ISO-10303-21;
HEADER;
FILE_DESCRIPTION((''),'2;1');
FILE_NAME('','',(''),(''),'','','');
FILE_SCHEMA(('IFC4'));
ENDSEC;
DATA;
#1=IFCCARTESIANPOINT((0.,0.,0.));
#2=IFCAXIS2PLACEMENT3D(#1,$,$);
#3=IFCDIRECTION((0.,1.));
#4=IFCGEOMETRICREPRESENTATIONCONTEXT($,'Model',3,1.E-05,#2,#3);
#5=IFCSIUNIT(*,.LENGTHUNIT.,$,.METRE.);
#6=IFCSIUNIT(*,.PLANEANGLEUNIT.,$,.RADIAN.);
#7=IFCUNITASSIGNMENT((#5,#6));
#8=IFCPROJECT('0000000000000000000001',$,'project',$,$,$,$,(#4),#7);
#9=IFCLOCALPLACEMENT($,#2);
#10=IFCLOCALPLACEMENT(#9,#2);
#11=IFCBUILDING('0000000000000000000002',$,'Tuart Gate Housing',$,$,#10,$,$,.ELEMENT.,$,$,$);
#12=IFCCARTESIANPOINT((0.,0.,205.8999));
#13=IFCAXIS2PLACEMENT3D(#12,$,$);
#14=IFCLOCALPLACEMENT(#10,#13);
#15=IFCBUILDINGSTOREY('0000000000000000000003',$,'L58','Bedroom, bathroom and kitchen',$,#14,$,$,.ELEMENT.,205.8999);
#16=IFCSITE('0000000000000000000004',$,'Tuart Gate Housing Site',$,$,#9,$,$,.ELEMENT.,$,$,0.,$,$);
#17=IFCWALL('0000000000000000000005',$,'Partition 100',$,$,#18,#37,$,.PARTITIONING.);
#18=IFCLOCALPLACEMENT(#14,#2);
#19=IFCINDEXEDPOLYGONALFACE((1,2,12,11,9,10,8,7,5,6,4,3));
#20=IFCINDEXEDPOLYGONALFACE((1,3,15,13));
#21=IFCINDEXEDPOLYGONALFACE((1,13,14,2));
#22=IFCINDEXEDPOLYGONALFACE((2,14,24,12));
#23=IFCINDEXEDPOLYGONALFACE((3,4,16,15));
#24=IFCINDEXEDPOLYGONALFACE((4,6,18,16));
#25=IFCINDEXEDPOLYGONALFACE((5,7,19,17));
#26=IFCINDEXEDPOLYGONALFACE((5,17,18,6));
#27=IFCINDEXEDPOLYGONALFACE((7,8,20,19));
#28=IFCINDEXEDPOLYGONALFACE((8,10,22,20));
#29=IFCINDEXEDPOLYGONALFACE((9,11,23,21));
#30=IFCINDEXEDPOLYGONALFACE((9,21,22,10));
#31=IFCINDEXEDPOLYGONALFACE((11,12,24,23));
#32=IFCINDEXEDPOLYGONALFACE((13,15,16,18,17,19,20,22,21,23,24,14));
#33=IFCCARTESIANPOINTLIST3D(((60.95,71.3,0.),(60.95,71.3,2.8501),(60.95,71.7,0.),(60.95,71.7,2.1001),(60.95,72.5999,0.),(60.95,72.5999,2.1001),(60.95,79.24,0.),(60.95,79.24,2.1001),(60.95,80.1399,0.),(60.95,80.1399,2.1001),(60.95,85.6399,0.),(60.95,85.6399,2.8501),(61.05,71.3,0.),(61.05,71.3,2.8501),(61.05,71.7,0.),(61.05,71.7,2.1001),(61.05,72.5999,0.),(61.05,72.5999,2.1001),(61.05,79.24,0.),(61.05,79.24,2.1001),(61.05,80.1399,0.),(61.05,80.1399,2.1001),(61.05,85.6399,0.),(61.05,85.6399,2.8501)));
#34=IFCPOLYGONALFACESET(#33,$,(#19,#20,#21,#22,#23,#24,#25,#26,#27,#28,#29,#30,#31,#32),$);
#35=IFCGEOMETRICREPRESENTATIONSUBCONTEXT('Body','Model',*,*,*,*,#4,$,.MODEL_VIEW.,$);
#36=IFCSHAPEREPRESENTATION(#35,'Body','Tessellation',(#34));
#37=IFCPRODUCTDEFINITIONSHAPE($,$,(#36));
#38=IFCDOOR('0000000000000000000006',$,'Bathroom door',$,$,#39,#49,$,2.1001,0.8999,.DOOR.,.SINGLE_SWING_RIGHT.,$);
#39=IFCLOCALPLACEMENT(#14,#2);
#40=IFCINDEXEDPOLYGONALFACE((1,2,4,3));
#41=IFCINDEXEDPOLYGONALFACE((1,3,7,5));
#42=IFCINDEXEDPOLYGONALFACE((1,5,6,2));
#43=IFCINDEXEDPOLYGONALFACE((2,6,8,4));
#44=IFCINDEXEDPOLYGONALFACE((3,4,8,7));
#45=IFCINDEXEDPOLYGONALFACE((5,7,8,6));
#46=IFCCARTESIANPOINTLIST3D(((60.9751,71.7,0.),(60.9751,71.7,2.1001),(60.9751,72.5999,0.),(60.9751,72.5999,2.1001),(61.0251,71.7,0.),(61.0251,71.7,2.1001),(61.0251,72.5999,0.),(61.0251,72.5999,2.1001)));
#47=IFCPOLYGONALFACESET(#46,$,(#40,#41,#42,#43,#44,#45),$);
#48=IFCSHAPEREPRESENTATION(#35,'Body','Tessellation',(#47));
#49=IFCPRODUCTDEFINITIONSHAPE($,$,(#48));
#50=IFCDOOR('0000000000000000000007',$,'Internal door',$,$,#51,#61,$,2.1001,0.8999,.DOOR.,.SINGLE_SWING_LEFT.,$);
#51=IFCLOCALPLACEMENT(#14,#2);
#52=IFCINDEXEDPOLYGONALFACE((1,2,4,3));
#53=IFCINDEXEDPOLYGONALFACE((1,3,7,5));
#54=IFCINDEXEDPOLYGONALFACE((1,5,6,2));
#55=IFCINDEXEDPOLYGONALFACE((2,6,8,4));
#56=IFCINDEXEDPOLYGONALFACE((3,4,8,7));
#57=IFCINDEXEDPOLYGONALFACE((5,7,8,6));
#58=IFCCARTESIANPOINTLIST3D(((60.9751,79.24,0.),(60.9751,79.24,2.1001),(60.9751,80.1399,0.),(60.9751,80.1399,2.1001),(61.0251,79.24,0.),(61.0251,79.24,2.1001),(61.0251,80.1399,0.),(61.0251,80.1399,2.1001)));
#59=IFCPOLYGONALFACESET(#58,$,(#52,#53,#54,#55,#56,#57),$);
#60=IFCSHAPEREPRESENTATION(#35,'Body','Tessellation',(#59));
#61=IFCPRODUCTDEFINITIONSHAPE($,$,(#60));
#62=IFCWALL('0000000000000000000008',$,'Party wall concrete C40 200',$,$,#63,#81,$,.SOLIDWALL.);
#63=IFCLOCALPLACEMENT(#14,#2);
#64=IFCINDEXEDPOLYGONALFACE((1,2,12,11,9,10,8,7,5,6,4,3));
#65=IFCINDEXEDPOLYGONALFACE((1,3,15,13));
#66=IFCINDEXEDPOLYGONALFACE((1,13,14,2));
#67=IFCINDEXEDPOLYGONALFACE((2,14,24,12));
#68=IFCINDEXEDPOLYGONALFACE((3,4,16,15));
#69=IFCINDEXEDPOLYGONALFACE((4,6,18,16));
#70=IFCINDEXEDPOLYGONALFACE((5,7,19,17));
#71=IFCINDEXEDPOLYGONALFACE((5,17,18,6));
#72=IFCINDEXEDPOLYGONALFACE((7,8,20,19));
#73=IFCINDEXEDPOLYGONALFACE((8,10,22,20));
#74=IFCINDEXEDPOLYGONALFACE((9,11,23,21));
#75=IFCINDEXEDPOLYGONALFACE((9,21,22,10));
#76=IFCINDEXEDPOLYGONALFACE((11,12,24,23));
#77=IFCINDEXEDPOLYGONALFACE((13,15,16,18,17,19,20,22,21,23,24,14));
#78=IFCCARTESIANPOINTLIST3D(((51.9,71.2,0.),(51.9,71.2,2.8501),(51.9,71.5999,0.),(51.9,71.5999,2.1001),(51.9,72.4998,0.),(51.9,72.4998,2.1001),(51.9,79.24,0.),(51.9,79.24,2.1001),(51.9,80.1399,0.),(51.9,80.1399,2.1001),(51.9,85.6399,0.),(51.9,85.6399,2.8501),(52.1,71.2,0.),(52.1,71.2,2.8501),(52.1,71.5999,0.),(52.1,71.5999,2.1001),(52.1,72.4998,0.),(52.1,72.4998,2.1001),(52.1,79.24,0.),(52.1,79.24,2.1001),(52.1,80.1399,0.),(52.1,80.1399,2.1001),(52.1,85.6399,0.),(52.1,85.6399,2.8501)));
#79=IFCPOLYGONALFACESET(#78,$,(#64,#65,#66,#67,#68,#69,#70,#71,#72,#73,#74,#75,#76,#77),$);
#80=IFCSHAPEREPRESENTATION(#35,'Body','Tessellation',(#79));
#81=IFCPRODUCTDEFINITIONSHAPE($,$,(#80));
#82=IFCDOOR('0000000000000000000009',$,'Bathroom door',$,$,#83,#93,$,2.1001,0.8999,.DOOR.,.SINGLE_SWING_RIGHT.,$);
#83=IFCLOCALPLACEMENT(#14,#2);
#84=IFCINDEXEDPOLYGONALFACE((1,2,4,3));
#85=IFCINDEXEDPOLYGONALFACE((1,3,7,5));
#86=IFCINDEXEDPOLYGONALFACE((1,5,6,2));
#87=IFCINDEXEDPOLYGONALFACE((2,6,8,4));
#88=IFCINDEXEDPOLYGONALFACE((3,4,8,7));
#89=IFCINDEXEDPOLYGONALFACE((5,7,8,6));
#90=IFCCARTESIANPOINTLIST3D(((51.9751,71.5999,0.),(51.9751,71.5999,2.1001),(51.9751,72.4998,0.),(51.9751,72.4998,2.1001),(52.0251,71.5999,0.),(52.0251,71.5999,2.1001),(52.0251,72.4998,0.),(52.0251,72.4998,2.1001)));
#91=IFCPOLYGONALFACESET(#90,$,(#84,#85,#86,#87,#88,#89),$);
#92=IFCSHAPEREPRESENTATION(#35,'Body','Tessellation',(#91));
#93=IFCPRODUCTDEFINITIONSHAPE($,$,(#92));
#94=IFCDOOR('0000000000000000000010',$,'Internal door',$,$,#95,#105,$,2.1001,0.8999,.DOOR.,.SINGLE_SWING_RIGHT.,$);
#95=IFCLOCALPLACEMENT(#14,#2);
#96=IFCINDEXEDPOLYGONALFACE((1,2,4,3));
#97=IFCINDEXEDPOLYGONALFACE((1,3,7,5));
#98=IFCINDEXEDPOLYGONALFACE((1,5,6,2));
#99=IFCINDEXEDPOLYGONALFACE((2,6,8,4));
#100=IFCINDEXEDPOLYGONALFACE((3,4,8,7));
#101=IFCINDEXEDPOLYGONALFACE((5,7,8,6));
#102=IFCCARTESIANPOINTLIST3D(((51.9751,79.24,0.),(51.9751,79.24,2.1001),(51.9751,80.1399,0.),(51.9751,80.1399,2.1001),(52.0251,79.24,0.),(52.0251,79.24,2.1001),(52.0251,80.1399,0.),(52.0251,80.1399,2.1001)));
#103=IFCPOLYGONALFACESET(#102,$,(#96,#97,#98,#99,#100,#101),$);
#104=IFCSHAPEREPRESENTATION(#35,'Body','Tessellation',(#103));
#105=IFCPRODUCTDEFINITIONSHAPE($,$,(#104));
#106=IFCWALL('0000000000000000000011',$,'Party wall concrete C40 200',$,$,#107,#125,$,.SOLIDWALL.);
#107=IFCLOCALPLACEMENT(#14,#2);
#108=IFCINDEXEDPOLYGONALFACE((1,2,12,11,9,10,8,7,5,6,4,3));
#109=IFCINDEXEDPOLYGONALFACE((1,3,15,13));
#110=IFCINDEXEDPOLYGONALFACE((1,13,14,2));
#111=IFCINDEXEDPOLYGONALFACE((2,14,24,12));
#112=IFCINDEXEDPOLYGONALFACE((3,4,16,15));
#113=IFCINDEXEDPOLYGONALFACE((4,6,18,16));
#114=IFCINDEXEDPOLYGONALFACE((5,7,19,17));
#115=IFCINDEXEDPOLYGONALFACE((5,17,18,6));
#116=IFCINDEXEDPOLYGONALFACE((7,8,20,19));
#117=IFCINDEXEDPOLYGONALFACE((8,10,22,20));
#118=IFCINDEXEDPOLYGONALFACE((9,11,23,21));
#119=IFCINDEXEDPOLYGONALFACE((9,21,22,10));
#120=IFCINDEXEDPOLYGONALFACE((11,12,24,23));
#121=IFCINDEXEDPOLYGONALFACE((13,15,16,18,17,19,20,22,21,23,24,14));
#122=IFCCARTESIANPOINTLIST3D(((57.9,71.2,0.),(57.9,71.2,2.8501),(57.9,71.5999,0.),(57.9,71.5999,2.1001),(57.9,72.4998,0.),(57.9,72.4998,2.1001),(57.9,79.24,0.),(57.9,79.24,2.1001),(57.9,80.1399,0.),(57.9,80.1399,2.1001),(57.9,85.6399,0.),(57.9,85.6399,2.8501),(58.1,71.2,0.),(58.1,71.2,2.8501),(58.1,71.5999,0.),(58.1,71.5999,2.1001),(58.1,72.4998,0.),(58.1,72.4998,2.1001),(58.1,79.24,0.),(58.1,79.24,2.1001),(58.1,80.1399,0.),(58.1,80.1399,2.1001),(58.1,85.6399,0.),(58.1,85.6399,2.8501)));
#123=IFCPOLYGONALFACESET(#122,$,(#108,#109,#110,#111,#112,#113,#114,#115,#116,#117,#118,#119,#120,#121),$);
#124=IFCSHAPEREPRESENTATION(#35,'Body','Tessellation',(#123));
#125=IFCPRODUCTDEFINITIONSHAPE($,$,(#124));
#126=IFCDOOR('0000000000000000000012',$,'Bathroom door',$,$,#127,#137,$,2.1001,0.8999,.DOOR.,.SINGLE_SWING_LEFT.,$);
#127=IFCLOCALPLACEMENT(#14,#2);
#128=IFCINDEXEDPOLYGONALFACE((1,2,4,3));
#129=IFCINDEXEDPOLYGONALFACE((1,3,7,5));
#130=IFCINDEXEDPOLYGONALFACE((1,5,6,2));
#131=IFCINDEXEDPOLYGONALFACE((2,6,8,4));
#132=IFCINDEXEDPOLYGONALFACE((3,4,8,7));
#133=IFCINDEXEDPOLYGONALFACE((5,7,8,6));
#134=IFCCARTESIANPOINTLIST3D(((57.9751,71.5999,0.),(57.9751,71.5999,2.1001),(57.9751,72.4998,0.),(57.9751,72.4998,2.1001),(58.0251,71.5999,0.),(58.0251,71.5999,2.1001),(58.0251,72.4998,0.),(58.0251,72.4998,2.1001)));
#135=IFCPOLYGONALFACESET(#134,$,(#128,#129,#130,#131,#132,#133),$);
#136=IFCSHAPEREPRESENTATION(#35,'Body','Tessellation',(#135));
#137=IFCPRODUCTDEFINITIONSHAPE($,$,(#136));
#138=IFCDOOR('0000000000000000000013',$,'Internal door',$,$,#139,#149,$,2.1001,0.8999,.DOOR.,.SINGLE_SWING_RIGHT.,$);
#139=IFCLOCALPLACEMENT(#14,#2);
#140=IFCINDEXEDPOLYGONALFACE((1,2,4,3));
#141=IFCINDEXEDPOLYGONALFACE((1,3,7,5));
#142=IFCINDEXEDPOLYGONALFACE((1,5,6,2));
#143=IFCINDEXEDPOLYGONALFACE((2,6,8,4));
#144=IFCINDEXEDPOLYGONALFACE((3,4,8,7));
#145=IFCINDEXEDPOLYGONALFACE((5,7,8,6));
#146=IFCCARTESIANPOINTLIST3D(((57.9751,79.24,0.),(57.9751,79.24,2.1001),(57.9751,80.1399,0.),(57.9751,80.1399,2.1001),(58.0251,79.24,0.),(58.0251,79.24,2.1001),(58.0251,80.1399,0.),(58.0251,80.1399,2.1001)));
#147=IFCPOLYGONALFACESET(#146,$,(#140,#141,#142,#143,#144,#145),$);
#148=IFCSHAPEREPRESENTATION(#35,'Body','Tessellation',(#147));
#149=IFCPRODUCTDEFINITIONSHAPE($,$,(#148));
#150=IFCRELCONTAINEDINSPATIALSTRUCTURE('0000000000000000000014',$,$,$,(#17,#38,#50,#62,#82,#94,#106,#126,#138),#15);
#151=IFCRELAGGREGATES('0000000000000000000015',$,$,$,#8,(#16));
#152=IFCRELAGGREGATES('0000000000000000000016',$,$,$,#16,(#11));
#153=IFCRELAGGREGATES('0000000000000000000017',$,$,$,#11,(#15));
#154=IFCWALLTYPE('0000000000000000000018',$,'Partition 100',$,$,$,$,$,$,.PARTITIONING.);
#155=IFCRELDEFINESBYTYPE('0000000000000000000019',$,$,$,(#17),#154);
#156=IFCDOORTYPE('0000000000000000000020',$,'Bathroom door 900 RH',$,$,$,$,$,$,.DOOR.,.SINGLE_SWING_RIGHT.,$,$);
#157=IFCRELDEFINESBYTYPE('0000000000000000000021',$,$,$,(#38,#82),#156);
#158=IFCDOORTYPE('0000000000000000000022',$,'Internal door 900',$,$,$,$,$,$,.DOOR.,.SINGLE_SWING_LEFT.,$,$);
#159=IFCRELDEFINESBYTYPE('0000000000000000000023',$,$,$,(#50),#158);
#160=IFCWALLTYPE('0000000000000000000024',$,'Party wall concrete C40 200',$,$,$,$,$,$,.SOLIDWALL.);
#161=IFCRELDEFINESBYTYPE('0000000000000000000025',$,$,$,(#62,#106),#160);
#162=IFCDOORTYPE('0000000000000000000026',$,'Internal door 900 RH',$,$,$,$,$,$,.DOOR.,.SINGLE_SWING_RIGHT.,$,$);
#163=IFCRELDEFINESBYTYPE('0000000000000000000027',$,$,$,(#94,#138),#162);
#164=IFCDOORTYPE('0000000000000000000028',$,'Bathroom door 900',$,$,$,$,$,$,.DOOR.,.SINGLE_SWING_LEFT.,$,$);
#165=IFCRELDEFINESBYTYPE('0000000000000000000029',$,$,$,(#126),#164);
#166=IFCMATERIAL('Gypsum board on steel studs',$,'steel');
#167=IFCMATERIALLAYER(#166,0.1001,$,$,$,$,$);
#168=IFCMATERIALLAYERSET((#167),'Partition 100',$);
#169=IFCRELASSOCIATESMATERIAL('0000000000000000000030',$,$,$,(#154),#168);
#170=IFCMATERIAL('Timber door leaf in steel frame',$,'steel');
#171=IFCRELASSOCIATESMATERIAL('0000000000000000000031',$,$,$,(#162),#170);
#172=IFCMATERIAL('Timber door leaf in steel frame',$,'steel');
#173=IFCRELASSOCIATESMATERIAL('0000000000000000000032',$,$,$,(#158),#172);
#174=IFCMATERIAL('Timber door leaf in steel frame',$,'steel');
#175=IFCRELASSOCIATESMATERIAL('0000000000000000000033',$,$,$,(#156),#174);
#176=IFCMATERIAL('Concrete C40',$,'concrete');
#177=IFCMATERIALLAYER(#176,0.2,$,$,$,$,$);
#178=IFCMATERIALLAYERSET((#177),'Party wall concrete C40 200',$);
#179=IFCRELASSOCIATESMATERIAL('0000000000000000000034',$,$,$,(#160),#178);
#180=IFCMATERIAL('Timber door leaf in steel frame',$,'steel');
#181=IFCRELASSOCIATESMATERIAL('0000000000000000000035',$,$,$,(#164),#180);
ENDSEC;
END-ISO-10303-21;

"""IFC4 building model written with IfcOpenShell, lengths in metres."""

from ifc_helpers import new_model, si_unit, direction, frame, frame_2d, origin, place, context, subcontext, project, spatial, rectangle, extrude, material, layer, layer_set, type_object, element, fill, save


model = new_model("IFC4")

# Units and contexts
model_context = context("Model", 3, precision=1e-05, world=origin(), true_north=direction((0.0, 1.0)))
body_context = subcontext(model_context, "Body", "Model", "MODEL_VIEW")
ifc_project = project(units=[si_unit("LENGTHUNIT", "METRE"), si_unit("PLANEANGLEUNIT", "RADIAN")], contexts=[model_context])

# Site, building, storey
site_placement = place(None, origin())
site = spatial("IfcSite", under=ifc_project, at=site_placement, Name="Tuart Gate Housing Site", CompositionType="ELEMENT", RefElevation=0.0)
building_placement = place(site_placement, origin())
building = spatial("IfcBuilding", under=site, at=building_placement, Name="Tuart Gate Housing", CompositionType="ELEMENT")
storey_placement = place(building_placement, frame((0.0, 0.0, 205.8999)))
storey = spatial("IfcBuildingStorey", under=building, at=storey_placement, Name="L58", Description="Bedroom, bathroom and kitchen", CompositionType="ELEMENT", Elevation=205.8999)

# Shared definitions
ifc_material_1 = material(Name="Gypsum board on steel studs", Category="steel")
ifc_layer_1 = layer(ifc_material_1, 0.1001)
ifc_layer_set_1 = layer_set([ifc_layer_1], Name="Partition 100")
wall_type_1 = type_object("IfcWallType", Name="Partition 100", PredefinedType="PARTITIONING", material=ifc_layer_set_1)

# Shared definitions
ifc_material_2 = material(Name="Timber door leaf in steel frame", Category="steel")
door_type_1 = type_object("IfcDoorType", Name="Internal door 900 RH", OperationType="SINGLE_SWING_RIGHT", PredefinedType="DOOR", material=ifc_material_2)
ifc_material_3 = material(Name="Timber door leaf in steel frame", Category="steel")
door_type_2 = type_object("IfcDoorType", Name="Internal door 900", OperationType="SINGLE_SWING_LEFT", PredefinedType="DOOR", material=ifc_material_3)

# Walls, openings, doors
wall_1_placement = place(storey_placement, frame((61.0, 71.3, 0.0), z_axis=(0.0, 0.0, 1.0), x_axis=(0.0, 1.0, 0.0)))
wall_1 = element("IfcWall", 1, at=wall_1_placement, inside=storey, type_object=wall_type_1, Name="Partition 100", PredefinedType="PARTITIONING", context=body_context, shape_type="SweptSolid", body=[
    extrude(rectangle(XDim=14.3398, YDim=0.1001, at=frame_2d((7.1699, 0.0))), origin(), (0.0, 0.0, 1.0), 2.8501),
])
opening_1_placement = place(wall_1_placement, frame((7.9399, 0.0, 0.0)))
opening_1 = element("IfcOpeningElement", 2, at=opening_1_placement, cuts=wall_1, PredefinedType="OPENING", context=body_context, shape_type="SweptSolid", body=[
    extrude(rectangle(XDim=0.8999, YDim=2.1001, at=frame_2d((0.45, 1.05))), frame((0.0, 0.0601, 0.0), z_axis=(0.0, -1.0, 0.0), x_axis=(1.0, 0.0, 0.0)), (0.0, 0.0, 1.0), 0.1201),
])
opening_2_placement = place(wall_1_placement, frame((0.3999, 0.0, 0.0)))
opening_2 = element("IfcOpeningElement", 3, at=opening_2_placement, cuts=wall_1, PredefinedType="OPENING", context=body_context, shape_type="SweptSolid", body=[
    extrude(rectangle(XDim=0.8999, YDim=2.1001, at=frame_2d((0.45, 1.05))), frame((0.0, 0.0601, 0.0), z_axis=(0.0, -1.0, 0.0), x_axis=(1.0, 0.0, 0.0)), (0.0, 0.0, 1.0), 0.1201),
])
ifc_material_4 = material(Name="Timber door leaf in steel frame", Category="steel")
door_type_3 = type_object("IfcDoorType", Name="Bathroom door 900 RH", OperationType="SINGLE_SWING_RIGHT", PredefinedType="DOOR", material=ifc_material_4)
door_1_placement = place(opening_2_placement, frame((0.8999, 0.0, 0.0), z_axis=(0.0, 0.0, 1.0), x_axis=(-1.0, 0.0, 0.0)))
door_1 = element("IfcDoor", 4, at=door_1_placement, inside=storey, type_object=door_type_3, Name="Bathroom door", OperationType="SINGLE_SWING_RIGHT", OverallHeight=2.1001, OverallWidth=0.8999, PredefinedType="DOOR", context=body_context, shape_type="SweptSolid", body=[
    extrude(rectangle(XDim=0.8999, YDim=2.1001, at=frame_2d((0.45, 1.05))), frame((0.0, 0.0251, 0.0), z_axis=(0.0, -1.0, 0.0), x_axis=(1.0, 0.0, 0.0)), (0.0, 0.0, 1.0), 0.05),
])
fill(opening_2, door_1)
door_2_placement = place(opening_1_placement, frame((0.8999, 0.0, 0.0), z_axis=(0.0, 0.0, 1.0), x_axis=(-1.0, 0.0, 0.0)))
door_2 = element("IfcDoor", 5, at=door_2_placement, inside=storey, type_object=door_type_2, Name="Internal door", OperationType="SINGLE_SWING_LEFT", OverallHeight=2.1001, OverallWidth=0.8999, PredefinedType="DOOR", context=body_context, shape_type="SweptSolid", body=[
    extrude(rectangle(XDim=0.8999, YDim=2.1001, at=frame_2d((0.45, 1.05))), frame((0.0, 0.0251, 0.0), z_axis=(0.0, -1.0, 0.0), x_axis=(1.0, 0.0, 0.0)), (0.0, 0.0, 1.0), 0.05),
])
fill(opening_1, door_2)
ifc_material_5 = material(Name="Concrete C40", Category="concrete")
ifc_layer_2 = layer(ifc_material_5, 0.2)
ifc_layer_set_2 = layer_set([ifc_layer_2], Name="Party wall concrete C40 200")
wall_type_2 = type_object("IfcWallType", Name="Party wall concrete C40 200", PredefinedType="SOLIDWALL", material=ifc_layer_set_2)
wall_2_placement = place(storey_placement, frame((52.0, 71.2, 0.0), z_axis=(0.0, 0.0, 1.0), x_axis=(0.0, 1.0, 0.0)))
wall_2 = element("IfcWall", 6, at=wall_2_placement, inside=storey, type_object=wall_type_2, Name="Party wall concrete C40 200", PredefinedType="SOLIDWALL", context=body_context, shape_type="SweptSolid", body=[
    extrude(rectangle(XDim=14.4399, YDim=0.2, at=frame_2d((7.22, 0.0))), origin(), (0.0, 0.0, 1.0), 2.8501),
])
opening_3_placement = place(wall_2_placement, frame((8.04, 0.0, 0.0)))
opening_3 = element("IfcOpeningElement", 7, at=opening_3_placement, cuts=wall_2, PredefinedType="OPENING", context=body_context, shape_type="SweptSolid", body=[
    extrude(rectangle(XDim=0.8999, YDim=2.1001, at=frame_2d((0.45, 1.05))), frame((0.0, 0.1099, 0.0), z_axis=(0.0, -1.0, 0.0), x_axis=(1.0, 0.0, 0.0)), (0.0, 0.0, 1.0), 0.22),
])
opening_4_placement = place(wall_2_placement, frame((0.3999, 0.0, 0.0)))
opening_4 = element("IfcOpeningElement", 8, at=opening_4_placement, cuts=wall_2, PredefinedType="OPENING", context=body_context, shape_type="SweptSolid", body=[
    extrude(rectangle(XDim=0.8999, YDim=2.1001, at=frame_2d((0.45, 1.05))), frame((0.0, 0.1099, 0.0), z_axis=(0.0, -1.0, 0.0), x_axis=(1.0, 0.0, 0.0)), (0.0, 0.0, 1.0), 0.22),
])
door_3_placement = place(opening_4_placement, frame((0.8999, 0.0, 0.0), z_axis=(0.0, 0.0, 1.0), x_axis=(-1.0, 0.0, 0.0)))
door_3 = element("IfcDoor", 9, at=door_3_placement, inside=storey, type_object=door_type_3, Name="Bathroom door", OperationType="SINGLE_SWING_RIGHT", OverallHeight=2.1001, OverallWidth=0.8999, PredefinedType="DOOR", context=body_context, shape_type="SweptSolid", body=[
    extrude(rectangle(XDim=0.8999, YDim=2.1001, at=frame_2d((0.45, 1.05))), frame((0.0, 0.0251, 0.0), z_axis=(0.0, -1.0, 0.0), x_axis=(1.0, 0.0, 0.0)), (0.0, 0.0, 1.0), 0.05),
])
fill(opening_4, door_3)
door_4_placement = place(opening_3_placement, frame((0.8999, 0.0, 0.0), z_axis=(0.0, 0.0, 1.0), x_axis=(-1.0, 0.0, 0.0)))
door_4 = element("IfcDoor", 10, at=door_4_placement, inside=storey, type_object=door_type_1, Name="Internal door", OperationType="SINGLE_SWING_RIGHT", OverallHeight=2.1001, OverallWidth=0.8999, PredefinedType="DOOR", context=body_context, shape_type="SweptSolid", body=[
    extrude(rectangle(XDim=0.8999, YDim=2.1001, at=frame_2d((0.45, 1.05))), frame((0.0, 0.0251, 0.0), z_axis=(0.0, -1.0, 0.0), x_axis=(1.0, 0.0, 0.0)), (0.0, 0.0, 1.0), 0.05),
])
fill(opening_3, door_4)
wall_3_placement = place(storey_placement, frame((58.0, 71.2, 0.0), z_axis=(0.0, 0.0, 1.0), x_axis=(0.0, 1.0, 0.0)))
wall_3 = element("IfcWall", 11, at=wall_3_placement, inside=storey, type_object=wall_type_2, Name="Party wall concrete C40 200", PredefinedType="SOLIDWALL", context=body_context, shape_type="SweptSolid", body=[
    extrude(rectangle(XDim=14.4399, YDim=0.2, at=frame_2d((7.22, 0.0))), origin(), (0.0, 0.0, 1.0), 2.8501),
])
opening_5_placement = place(wall_3_placement, frame((8.04, 0.0, 0.0)))
opening_5 = element("IfcOpeningElement", 12, at=opening_5_placement, cuts=wall_3, PredefinedType="OPENING", context=body_context, shape_type="SweptSolid", body=[
    extrude(rectangle(XDim=0.8999, YDim=2.1001, at=frame_2d((0.45, 1.05))), frame((0.0, 0.1099, 0.0), z_axis=(0.0, -1.0, 0.0), x_axis=(1.0, 0.0, 0.0)), (0.0, 0.0, 1.0), 0.22),
])
opening_6_placement = place(wall_3_placement, frame((0.3999, 0.0, 0.0)))
opening_6 = element("IfcOpeningElement", 13, at=opening_6_placement, cuts=wall_3, PredefinedType="OPENING", context=body_context, shape_type="SweptSolid", body=[
    extrude(rectangle(XDim=0.8999, YDim=2.1001, at=frame_2d((0.45, 1.05))), frame((0.0, 0.1099, 0.0), z_axis=(0.0, -1.0, 0.0), x_axis=(1.0, 0.0, 0.0)), (0.0, 0.0, 1.0), 0.22),
])
ifc_material_6 = material(Name="Timber door leaf in steel frame", Category="steel")
door_type_4 = type_object("IfcDoorType", Name="Bathroom door 900", OperationType="SINGLE_SWING_LEFT", PredefinedType="DOOR", material=ifc_material_6)
door_5_placement = place(opening_6_placement, origin())
door_5 = element("IfcDoor", 14, at=door_5_placement, inside=storey, type_object=door_type_4, Name="Bathroom door", OperationType="SINGLE_SWING_LEFT", OverallHeight=2.1001, OverallWidth=0.8999, PredefinedType="DOOR", context=body_context, shape_type="SweptSolid", body=[
    extrude(rectangle(XDim=0.8999, YDim=2.1001, at=frame_2d((0.45, 1.05))), frame((0.0, 0.0249, 0.0), z_axis=(0.0, -1.0, 0.0), x_axis=(1.0, 0.0, 0.0)), (0.0, 0.0, 1.0), 0.05),
])
fill(opening_6, door_5)
door_6_placement = place(opening_5_placement, origin())
door_6 = element("IfcDoor", 15, at=door_6_placement, inside=storey, type_object=door_type_1, Name="Internal door", OperationType="SINGLE_SWING_RIGHT", OverallHeight=2.1001, OverallWidth=0.8999, PredefinedType="DOOR", context=body_context, shape_type="SweptSolid", body=[
    extrude(rectangle(XDim=0.8999, YDim=2.1001, at=frame_2d((0.45, 1.05))), frame((0.0, 0.0249, 0.0), z_axis=(0.0, -1.0, 0.0), x_axis=(1.0, 0.0, 0.0)), (0.0, 0.0, 1.0), 0.05),
])
fill(opening_5, door_6)

save(model, "model.ifc")
